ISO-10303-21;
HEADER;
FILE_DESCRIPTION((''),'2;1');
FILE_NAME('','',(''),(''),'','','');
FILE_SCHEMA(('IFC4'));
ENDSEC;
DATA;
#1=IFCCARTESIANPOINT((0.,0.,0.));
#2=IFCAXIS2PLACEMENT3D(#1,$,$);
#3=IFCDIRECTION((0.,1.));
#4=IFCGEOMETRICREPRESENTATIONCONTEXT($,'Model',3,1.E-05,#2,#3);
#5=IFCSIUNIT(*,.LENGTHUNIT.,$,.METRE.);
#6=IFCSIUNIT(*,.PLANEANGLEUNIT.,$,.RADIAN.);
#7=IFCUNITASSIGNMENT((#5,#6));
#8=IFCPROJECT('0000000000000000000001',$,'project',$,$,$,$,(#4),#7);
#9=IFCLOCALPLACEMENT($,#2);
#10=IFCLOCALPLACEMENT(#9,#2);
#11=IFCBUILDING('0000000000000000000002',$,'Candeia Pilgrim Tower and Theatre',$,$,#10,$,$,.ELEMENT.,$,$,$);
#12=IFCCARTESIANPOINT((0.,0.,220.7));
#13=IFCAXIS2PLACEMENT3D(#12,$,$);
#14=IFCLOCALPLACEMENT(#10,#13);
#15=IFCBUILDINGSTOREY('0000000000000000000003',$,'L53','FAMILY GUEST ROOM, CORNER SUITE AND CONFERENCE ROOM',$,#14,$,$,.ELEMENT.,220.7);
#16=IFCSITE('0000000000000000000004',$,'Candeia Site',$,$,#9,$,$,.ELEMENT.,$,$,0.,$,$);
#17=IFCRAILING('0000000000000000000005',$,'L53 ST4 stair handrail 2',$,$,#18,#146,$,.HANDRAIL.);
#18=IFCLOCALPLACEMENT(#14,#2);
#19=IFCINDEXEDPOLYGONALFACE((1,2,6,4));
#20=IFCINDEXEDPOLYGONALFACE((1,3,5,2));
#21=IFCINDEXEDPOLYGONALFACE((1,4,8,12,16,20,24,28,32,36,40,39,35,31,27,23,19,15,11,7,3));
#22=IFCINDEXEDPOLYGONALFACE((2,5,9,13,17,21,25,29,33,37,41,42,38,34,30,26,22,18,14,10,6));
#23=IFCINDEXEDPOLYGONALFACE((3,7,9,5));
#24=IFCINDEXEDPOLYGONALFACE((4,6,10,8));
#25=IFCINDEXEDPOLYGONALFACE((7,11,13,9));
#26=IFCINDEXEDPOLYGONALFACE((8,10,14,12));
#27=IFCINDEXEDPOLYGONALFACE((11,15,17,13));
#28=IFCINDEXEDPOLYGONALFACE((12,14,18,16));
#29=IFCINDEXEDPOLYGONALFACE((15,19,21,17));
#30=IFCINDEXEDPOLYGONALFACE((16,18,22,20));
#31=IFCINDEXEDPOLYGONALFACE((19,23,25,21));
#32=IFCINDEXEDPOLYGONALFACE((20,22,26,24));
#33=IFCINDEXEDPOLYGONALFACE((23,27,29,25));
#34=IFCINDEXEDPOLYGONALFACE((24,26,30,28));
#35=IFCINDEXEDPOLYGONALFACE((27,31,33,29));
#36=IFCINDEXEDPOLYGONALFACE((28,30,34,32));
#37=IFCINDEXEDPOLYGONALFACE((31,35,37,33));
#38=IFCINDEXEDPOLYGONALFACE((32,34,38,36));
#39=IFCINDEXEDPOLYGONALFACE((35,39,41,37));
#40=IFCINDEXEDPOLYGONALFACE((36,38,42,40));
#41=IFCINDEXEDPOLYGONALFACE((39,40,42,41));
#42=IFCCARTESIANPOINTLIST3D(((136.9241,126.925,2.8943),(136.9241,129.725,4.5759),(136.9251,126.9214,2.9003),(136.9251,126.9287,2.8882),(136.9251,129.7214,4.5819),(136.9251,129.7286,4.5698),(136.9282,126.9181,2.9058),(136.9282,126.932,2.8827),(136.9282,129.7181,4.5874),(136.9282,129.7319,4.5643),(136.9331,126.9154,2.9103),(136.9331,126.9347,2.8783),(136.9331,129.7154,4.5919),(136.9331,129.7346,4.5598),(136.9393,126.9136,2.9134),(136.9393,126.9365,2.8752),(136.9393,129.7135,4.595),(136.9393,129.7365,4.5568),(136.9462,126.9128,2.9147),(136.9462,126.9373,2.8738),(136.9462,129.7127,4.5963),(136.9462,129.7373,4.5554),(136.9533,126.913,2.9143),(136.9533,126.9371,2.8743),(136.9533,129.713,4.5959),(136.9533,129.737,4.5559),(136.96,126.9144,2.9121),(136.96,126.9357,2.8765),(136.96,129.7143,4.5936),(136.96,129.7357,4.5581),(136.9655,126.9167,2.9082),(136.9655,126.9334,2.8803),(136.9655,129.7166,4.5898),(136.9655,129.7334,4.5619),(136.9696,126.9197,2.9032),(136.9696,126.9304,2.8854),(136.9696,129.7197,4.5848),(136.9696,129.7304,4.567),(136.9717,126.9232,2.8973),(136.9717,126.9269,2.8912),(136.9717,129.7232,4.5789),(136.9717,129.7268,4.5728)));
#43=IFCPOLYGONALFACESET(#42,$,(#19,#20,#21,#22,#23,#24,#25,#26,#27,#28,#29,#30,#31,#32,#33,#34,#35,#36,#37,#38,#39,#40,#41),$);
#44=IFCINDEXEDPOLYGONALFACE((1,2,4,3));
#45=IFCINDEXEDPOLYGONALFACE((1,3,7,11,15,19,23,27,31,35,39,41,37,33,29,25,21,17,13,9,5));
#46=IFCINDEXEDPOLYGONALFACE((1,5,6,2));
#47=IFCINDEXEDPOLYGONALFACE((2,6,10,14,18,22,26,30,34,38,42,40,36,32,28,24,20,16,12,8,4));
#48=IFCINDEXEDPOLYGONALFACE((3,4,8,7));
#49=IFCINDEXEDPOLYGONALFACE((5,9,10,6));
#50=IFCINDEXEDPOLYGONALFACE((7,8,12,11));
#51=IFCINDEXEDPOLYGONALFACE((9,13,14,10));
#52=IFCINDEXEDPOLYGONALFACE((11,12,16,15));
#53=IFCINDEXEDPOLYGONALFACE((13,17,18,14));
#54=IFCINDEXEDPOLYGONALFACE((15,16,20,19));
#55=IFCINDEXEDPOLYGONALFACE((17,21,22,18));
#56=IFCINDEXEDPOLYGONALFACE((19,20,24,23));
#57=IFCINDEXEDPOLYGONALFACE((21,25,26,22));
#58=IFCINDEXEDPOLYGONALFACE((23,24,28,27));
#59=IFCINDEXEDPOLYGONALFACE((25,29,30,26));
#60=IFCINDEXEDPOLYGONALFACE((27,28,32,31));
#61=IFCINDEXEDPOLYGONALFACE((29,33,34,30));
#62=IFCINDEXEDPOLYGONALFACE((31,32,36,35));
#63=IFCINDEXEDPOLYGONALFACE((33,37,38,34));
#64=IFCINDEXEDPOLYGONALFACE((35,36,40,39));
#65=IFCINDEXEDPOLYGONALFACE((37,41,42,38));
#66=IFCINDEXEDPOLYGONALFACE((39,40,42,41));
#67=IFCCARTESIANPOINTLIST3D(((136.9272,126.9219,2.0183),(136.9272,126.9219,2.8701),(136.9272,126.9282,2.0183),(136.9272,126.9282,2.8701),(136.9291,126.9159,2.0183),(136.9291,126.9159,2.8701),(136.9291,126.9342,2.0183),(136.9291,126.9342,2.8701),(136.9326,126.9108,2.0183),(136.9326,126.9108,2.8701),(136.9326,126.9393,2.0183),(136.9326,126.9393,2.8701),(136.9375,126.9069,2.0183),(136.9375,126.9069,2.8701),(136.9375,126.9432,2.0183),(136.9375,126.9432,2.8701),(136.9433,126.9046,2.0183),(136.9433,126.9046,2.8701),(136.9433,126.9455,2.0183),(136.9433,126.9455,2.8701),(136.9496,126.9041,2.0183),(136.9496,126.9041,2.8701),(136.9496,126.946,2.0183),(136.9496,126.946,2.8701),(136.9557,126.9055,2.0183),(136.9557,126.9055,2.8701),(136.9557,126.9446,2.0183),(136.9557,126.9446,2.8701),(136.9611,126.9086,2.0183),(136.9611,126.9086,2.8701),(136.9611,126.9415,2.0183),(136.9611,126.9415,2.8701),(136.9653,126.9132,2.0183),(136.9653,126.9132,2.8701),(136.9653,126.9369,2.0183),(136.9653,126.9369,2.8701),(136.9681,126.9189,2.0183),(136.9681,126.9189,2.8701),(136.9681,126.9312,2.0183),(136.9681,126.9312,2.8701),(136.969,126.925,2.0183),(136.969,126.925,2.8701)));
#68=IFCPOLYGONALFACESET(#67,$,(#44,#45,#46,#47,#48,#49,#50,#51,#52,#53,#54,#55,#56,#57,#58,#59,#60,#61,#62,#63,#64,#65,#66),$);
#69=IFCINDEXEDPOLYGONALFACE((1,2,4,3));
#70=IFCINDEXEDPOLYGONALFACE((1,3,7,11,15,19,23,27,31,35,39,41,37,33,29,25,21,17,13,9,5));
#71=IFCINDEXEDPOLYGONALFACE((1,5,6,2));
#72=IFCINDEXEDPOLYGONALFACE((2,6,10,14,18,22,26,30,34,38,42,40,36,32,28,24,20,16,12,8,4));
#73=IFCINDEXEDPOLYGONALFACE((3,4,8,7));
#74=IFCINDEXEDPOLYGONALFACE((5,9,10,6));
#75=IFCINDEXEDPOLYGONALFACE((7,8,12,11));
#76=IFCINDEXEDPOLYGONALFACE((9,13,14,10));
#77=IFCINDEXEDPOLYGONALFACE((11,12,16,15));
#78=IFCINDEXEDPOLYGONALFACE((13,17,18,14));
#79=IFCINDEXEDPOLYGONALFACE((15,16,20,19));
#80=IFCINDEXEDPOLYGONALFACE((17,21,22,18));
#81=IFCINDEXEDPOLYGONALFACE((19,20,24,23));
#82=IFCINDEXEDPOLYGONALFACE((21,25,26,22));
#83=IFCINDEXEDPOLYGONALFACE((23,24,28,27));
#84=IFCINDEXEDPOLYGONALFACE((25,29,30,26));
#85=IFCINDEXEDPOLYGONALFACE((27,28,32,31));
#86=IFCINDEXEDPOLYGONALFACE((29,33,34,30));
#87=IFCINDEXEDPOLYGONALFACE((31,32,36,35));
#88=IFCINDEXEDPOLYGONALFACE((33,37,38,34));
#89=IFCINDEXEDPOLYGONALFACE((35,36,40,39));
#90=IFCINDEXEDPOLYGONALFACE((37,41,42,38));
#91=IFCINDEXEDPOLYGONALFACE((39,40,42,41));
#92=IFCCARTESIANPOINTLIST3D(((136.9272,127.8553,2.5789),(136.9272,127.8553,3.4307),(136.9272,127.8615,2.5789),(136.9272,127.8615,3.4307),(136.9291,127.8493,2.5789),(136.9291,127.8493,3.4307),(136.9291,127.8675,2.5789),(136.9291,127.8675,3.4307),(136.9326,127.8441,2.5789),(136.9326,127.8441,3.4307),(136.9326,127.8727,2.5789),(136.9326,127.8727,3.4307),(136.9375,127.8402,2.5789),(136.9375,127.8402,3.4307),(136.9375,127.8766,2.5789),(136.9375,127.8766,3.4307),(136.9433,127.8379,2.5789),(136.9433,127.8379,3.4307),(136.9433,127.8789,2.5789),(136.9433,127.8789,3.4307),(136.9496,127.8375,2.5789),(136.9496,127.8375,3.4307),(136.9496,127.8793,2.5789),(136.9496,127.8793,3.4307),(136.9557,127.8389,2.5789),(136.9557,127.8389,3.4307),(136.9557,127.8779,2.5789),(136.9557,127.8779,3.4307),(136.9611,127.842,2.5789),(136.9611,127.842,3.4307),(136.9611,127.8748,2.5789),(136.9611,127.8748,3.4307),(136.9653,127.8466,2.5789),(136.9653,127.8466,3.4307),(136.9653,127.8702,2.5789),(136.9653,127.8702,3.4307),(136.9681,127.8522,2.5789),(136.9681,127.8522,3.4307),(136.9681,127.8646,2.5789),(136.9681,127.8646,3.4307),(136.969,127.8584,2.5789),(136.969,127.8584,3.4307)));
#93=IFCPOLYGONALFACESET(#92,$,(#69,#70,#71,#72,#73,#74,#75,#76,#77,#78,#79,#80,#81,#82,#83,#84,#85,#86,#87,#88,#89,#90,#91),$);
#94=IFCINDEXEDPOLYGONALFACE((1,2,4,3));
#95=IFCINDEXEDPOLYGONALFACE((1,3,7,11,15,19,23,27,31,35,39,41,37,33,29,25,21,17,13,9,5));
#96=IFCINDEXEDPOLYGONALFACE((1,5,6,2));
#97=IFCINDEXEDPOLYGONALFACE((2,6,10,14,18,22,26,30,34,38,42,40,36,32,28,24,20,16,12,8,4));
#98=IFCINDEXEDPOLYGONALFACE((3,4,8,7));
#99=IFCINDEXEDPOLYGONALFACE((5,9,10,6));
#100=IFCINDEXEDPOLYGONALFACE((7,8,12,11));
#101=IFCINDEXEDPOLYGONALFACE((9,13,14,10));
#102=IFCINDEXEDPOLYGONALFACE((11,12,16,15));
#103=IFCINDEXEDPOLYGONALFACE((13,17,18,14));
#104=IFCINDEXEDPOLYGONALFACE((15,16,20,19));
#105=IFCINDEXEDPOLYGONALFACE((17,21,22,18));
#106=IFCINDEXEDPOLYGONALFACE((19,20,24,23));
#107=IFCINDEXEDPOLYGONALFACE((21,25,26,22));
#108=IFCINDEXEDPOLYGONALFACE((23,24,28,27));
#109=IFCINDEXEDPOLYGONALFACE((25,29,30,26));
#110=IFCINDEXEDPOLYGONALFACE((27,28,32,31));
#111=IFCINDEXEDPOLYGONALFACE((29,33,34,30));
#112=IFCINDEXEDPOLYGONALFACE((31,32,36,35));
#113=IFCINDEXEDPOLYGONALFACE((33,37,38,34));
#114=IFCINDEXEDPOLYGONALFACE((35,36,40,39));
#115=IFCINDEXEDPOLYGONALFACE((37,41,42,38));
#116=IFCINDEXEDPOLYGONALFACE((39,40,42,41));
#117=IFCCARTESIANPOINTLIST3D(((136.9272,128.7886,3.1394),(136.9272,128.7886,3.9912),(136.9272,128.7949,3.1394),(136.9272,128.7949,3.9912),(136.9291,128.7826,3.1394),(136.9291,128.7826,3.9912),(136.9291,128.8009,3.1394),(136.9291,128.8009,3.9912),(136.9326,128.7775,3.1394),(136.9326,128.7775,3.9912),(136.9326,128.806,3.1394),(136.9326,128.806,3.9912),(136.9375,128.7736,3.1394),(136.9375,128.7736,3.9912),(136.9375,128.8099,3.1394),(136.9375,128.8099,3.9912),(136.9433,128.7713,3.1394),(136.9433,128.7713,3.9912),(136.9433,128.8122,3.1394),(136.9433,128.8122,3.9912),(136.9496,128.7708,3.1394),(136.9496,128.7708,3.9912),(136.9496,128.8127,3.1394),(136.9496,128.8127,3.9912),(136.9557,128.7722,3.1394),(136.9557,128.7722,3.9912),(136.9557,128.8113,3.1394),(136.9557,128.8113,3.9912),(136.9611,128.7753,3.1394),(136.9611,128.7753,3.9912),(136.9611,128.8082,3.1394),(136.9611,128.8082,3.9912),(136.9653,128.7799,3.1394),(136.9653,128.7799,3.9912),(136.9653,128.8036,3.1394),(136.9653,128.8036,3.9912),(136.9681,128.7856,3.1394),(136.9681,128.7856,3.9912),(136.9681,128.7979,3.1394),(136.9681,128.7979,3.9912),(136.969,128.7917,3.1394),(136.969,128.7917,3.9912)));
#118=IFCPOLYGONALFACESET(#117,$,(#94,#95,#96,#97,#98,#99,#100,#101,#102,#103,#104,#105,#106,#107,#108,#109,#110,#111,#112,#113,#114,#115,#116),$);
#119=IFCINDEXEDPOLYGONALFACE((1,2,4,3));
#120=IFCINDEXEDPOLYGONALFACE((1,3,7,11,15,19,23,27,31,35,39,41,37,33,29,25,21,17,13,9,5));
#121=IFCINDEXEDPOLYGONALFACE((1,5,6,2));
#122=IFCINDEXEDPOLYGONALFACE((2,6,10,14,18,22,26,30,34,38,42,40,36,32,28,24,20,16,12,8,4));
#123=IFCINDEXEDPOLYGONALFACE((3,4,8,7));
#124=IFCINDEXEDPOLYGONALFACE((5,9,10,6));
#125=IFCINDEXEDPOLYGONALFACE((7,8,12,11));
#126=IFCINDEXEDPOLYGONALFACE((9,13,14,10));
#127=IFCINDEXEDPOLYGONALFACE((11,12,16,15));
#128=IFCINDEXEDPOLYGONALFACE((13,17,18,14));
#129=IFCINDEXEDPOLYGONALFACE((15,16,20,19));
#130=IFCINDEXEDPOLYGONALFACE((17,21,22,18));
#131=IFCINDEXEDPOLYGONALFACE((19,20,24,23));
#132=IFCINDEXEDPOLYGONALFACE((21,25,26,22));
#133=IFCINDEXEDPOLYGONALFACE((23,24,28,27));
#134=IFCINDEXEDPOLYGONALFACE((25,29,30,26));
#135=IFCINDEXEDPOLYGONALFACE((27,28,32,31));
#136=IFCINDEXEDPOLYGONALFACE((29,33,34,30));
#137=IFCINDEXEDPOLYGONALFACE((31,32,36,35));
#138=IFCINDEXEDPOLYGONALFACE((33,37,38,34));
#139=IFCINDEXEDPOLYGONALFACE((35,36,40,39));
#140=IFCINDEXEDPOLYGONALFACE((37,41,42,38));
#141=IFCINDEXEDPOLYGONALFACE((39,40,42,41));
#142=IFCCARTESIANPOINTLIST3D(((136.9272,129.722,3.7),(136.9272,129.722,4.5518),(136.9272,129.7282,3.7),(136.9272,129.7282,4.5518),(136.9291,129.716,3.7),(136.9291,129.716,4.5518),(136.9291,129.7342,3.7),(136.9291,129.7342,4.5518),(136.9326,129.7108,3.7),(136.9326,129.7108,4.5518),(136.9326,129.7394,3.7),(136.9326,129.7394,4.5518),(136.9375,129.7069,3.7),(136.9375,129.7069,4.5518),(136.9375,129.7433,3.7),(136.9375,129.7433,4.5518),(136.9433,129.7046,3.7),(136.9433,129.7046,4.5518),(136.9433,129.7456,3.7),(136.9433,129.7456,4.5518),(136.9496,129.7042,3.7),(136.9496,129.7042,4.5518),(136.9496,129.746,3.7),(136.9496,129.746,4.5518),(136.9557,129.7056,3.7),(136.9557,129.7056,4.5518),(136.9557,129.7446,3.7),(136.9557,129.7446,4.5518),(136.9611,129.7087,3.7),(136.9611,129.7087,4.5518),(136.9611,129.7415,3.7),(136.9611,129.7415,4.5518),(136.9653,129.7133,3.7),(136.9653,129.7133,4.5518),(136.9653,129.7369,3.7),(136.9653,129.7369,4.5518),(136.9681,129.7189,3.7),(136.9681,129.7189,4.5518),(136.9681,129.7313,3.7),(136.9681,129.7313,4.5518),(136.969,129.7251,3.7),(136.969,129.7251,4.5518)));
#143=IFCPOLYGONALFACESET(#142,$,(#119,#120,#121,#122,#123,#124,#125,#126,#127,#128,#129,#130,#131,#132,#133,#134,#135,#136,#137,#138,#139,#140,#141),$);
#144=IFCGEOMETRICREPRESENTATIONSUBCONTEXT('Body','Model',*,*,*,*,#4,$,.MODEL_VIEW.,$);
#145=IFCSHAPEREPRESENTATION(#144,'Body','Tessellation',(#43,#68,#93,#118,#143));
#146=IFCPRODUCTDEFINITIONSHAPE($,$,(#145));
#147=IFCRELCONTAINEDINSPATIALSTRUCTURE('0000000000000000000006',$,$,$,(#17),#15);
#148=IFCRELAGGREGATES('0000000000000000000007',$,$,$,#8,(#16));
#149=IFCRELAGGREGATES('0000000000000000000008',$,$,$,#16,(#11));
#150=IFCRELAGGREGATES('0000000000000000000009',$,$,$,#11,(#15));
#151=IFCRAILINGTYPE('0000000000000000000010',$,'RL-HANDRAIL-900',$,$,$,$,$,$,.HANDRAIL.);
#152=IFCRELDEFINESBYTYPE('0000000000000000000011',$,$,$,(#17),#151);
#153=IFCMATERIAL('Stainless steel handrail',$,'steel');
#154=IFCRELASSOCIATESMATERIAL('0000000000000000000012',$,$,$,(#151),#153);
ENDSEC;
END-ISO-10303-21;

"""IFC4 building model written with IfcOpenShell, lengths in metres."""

from ifc_helpers import new_model, si_unit, direction, frame, origin, origin_2d, place, context, subcontext, project, spatial, circle, extrude, material, type_object, element, save


model = new_model("IFC4")

# Units and contexts
model_context = context("Model", 3, precision=1e-05, world=origin(), true_north=direction((0.0, 1.0)))
body_context = subcontext(model_context, "Body", "Model", "MODEL_VIEW")
ifc_project = project(units=[si_unit("LENGTHUNIT", "METRE"), si_unit("PLANEANGLEUNIT", "RADIAN")], contexts=[model_context])

# Site, building, storey
site_placement = place(None, origin())
site = spatial("IfcSite", under=ifc_project, at=site_placement, Name="Candeia Site", CompositionType="ELEMENT", RefElevation=0.0)
building_placement = place(site_placement, origin())
building = spatial("IfcBuilding", under=site, at=building_placement, Name="Candeia Pilgrim Tower and Theatre", CompositionType="ELEMENT")
storey_placement = place(building_placement, frame((0.0, 0.0, 220.7)))
storey = spatial("IfcBuildingStorey", under=building, at=storey_placement, Name="L53", Description="FAMILY GUEST ROOM, CORNER SUITE AND CONFERENCE ROOM", CompositionType="ELEMENT", Elevation=220.7)

# Railing
ifc_material_1 = material(Name="Stainless steel handrail", Category="steel")
railing_type_1 = type_object("IfcRailingType", Name="RL-HANDRAIL-900", PredefinedType="HANDRAIL", material=ifc_material_1)
railing_1_placement = place(storey_placement, frame((136.948, 126.925, 2.0183)))
element("IfcRailing", 1, at=railing_1_placement, inside=storey, type_object=railing_type_1, Name="L53 ST4 stair handrail 2", PredefinedType="HANDRAIL", context=body_context, shape_type="SweptSolid", body=[
    extrude(circle(Radius=0.0239, at=origin_2d()), frame((0.0, 0.0, 0.876), z_axis=(0.0, 0.857275, 0.514858), x_axis=(-1.0, 0.0, 0.0)), (0.0, 0.0, 1.0), 3.2661),
    extrude(circle(Radius=0.021, at=origin_2d()), origin(), (0.0, 0.0, 1.0), 0.8518),
    extrude(circle(Radius=0.021, at=origin_2d()), frame((0.0, 0.9333, 0.5605)), (0.0, 0.0, 1.0), 0.8518),
    extrude(circle(Radius=0.021, at=origin_2d()), frame((0.0, 1.8667, 1.1211)), (0.0, 0.0, 1.0), 0.8518),
    extrude(circle(Radius=0.021, at=origin_2d()), frame((0.0, 2.8, 1.6816)), (0.0, 0.0, 1.0), 0.8518),
])

save(model, "model.ifc")
